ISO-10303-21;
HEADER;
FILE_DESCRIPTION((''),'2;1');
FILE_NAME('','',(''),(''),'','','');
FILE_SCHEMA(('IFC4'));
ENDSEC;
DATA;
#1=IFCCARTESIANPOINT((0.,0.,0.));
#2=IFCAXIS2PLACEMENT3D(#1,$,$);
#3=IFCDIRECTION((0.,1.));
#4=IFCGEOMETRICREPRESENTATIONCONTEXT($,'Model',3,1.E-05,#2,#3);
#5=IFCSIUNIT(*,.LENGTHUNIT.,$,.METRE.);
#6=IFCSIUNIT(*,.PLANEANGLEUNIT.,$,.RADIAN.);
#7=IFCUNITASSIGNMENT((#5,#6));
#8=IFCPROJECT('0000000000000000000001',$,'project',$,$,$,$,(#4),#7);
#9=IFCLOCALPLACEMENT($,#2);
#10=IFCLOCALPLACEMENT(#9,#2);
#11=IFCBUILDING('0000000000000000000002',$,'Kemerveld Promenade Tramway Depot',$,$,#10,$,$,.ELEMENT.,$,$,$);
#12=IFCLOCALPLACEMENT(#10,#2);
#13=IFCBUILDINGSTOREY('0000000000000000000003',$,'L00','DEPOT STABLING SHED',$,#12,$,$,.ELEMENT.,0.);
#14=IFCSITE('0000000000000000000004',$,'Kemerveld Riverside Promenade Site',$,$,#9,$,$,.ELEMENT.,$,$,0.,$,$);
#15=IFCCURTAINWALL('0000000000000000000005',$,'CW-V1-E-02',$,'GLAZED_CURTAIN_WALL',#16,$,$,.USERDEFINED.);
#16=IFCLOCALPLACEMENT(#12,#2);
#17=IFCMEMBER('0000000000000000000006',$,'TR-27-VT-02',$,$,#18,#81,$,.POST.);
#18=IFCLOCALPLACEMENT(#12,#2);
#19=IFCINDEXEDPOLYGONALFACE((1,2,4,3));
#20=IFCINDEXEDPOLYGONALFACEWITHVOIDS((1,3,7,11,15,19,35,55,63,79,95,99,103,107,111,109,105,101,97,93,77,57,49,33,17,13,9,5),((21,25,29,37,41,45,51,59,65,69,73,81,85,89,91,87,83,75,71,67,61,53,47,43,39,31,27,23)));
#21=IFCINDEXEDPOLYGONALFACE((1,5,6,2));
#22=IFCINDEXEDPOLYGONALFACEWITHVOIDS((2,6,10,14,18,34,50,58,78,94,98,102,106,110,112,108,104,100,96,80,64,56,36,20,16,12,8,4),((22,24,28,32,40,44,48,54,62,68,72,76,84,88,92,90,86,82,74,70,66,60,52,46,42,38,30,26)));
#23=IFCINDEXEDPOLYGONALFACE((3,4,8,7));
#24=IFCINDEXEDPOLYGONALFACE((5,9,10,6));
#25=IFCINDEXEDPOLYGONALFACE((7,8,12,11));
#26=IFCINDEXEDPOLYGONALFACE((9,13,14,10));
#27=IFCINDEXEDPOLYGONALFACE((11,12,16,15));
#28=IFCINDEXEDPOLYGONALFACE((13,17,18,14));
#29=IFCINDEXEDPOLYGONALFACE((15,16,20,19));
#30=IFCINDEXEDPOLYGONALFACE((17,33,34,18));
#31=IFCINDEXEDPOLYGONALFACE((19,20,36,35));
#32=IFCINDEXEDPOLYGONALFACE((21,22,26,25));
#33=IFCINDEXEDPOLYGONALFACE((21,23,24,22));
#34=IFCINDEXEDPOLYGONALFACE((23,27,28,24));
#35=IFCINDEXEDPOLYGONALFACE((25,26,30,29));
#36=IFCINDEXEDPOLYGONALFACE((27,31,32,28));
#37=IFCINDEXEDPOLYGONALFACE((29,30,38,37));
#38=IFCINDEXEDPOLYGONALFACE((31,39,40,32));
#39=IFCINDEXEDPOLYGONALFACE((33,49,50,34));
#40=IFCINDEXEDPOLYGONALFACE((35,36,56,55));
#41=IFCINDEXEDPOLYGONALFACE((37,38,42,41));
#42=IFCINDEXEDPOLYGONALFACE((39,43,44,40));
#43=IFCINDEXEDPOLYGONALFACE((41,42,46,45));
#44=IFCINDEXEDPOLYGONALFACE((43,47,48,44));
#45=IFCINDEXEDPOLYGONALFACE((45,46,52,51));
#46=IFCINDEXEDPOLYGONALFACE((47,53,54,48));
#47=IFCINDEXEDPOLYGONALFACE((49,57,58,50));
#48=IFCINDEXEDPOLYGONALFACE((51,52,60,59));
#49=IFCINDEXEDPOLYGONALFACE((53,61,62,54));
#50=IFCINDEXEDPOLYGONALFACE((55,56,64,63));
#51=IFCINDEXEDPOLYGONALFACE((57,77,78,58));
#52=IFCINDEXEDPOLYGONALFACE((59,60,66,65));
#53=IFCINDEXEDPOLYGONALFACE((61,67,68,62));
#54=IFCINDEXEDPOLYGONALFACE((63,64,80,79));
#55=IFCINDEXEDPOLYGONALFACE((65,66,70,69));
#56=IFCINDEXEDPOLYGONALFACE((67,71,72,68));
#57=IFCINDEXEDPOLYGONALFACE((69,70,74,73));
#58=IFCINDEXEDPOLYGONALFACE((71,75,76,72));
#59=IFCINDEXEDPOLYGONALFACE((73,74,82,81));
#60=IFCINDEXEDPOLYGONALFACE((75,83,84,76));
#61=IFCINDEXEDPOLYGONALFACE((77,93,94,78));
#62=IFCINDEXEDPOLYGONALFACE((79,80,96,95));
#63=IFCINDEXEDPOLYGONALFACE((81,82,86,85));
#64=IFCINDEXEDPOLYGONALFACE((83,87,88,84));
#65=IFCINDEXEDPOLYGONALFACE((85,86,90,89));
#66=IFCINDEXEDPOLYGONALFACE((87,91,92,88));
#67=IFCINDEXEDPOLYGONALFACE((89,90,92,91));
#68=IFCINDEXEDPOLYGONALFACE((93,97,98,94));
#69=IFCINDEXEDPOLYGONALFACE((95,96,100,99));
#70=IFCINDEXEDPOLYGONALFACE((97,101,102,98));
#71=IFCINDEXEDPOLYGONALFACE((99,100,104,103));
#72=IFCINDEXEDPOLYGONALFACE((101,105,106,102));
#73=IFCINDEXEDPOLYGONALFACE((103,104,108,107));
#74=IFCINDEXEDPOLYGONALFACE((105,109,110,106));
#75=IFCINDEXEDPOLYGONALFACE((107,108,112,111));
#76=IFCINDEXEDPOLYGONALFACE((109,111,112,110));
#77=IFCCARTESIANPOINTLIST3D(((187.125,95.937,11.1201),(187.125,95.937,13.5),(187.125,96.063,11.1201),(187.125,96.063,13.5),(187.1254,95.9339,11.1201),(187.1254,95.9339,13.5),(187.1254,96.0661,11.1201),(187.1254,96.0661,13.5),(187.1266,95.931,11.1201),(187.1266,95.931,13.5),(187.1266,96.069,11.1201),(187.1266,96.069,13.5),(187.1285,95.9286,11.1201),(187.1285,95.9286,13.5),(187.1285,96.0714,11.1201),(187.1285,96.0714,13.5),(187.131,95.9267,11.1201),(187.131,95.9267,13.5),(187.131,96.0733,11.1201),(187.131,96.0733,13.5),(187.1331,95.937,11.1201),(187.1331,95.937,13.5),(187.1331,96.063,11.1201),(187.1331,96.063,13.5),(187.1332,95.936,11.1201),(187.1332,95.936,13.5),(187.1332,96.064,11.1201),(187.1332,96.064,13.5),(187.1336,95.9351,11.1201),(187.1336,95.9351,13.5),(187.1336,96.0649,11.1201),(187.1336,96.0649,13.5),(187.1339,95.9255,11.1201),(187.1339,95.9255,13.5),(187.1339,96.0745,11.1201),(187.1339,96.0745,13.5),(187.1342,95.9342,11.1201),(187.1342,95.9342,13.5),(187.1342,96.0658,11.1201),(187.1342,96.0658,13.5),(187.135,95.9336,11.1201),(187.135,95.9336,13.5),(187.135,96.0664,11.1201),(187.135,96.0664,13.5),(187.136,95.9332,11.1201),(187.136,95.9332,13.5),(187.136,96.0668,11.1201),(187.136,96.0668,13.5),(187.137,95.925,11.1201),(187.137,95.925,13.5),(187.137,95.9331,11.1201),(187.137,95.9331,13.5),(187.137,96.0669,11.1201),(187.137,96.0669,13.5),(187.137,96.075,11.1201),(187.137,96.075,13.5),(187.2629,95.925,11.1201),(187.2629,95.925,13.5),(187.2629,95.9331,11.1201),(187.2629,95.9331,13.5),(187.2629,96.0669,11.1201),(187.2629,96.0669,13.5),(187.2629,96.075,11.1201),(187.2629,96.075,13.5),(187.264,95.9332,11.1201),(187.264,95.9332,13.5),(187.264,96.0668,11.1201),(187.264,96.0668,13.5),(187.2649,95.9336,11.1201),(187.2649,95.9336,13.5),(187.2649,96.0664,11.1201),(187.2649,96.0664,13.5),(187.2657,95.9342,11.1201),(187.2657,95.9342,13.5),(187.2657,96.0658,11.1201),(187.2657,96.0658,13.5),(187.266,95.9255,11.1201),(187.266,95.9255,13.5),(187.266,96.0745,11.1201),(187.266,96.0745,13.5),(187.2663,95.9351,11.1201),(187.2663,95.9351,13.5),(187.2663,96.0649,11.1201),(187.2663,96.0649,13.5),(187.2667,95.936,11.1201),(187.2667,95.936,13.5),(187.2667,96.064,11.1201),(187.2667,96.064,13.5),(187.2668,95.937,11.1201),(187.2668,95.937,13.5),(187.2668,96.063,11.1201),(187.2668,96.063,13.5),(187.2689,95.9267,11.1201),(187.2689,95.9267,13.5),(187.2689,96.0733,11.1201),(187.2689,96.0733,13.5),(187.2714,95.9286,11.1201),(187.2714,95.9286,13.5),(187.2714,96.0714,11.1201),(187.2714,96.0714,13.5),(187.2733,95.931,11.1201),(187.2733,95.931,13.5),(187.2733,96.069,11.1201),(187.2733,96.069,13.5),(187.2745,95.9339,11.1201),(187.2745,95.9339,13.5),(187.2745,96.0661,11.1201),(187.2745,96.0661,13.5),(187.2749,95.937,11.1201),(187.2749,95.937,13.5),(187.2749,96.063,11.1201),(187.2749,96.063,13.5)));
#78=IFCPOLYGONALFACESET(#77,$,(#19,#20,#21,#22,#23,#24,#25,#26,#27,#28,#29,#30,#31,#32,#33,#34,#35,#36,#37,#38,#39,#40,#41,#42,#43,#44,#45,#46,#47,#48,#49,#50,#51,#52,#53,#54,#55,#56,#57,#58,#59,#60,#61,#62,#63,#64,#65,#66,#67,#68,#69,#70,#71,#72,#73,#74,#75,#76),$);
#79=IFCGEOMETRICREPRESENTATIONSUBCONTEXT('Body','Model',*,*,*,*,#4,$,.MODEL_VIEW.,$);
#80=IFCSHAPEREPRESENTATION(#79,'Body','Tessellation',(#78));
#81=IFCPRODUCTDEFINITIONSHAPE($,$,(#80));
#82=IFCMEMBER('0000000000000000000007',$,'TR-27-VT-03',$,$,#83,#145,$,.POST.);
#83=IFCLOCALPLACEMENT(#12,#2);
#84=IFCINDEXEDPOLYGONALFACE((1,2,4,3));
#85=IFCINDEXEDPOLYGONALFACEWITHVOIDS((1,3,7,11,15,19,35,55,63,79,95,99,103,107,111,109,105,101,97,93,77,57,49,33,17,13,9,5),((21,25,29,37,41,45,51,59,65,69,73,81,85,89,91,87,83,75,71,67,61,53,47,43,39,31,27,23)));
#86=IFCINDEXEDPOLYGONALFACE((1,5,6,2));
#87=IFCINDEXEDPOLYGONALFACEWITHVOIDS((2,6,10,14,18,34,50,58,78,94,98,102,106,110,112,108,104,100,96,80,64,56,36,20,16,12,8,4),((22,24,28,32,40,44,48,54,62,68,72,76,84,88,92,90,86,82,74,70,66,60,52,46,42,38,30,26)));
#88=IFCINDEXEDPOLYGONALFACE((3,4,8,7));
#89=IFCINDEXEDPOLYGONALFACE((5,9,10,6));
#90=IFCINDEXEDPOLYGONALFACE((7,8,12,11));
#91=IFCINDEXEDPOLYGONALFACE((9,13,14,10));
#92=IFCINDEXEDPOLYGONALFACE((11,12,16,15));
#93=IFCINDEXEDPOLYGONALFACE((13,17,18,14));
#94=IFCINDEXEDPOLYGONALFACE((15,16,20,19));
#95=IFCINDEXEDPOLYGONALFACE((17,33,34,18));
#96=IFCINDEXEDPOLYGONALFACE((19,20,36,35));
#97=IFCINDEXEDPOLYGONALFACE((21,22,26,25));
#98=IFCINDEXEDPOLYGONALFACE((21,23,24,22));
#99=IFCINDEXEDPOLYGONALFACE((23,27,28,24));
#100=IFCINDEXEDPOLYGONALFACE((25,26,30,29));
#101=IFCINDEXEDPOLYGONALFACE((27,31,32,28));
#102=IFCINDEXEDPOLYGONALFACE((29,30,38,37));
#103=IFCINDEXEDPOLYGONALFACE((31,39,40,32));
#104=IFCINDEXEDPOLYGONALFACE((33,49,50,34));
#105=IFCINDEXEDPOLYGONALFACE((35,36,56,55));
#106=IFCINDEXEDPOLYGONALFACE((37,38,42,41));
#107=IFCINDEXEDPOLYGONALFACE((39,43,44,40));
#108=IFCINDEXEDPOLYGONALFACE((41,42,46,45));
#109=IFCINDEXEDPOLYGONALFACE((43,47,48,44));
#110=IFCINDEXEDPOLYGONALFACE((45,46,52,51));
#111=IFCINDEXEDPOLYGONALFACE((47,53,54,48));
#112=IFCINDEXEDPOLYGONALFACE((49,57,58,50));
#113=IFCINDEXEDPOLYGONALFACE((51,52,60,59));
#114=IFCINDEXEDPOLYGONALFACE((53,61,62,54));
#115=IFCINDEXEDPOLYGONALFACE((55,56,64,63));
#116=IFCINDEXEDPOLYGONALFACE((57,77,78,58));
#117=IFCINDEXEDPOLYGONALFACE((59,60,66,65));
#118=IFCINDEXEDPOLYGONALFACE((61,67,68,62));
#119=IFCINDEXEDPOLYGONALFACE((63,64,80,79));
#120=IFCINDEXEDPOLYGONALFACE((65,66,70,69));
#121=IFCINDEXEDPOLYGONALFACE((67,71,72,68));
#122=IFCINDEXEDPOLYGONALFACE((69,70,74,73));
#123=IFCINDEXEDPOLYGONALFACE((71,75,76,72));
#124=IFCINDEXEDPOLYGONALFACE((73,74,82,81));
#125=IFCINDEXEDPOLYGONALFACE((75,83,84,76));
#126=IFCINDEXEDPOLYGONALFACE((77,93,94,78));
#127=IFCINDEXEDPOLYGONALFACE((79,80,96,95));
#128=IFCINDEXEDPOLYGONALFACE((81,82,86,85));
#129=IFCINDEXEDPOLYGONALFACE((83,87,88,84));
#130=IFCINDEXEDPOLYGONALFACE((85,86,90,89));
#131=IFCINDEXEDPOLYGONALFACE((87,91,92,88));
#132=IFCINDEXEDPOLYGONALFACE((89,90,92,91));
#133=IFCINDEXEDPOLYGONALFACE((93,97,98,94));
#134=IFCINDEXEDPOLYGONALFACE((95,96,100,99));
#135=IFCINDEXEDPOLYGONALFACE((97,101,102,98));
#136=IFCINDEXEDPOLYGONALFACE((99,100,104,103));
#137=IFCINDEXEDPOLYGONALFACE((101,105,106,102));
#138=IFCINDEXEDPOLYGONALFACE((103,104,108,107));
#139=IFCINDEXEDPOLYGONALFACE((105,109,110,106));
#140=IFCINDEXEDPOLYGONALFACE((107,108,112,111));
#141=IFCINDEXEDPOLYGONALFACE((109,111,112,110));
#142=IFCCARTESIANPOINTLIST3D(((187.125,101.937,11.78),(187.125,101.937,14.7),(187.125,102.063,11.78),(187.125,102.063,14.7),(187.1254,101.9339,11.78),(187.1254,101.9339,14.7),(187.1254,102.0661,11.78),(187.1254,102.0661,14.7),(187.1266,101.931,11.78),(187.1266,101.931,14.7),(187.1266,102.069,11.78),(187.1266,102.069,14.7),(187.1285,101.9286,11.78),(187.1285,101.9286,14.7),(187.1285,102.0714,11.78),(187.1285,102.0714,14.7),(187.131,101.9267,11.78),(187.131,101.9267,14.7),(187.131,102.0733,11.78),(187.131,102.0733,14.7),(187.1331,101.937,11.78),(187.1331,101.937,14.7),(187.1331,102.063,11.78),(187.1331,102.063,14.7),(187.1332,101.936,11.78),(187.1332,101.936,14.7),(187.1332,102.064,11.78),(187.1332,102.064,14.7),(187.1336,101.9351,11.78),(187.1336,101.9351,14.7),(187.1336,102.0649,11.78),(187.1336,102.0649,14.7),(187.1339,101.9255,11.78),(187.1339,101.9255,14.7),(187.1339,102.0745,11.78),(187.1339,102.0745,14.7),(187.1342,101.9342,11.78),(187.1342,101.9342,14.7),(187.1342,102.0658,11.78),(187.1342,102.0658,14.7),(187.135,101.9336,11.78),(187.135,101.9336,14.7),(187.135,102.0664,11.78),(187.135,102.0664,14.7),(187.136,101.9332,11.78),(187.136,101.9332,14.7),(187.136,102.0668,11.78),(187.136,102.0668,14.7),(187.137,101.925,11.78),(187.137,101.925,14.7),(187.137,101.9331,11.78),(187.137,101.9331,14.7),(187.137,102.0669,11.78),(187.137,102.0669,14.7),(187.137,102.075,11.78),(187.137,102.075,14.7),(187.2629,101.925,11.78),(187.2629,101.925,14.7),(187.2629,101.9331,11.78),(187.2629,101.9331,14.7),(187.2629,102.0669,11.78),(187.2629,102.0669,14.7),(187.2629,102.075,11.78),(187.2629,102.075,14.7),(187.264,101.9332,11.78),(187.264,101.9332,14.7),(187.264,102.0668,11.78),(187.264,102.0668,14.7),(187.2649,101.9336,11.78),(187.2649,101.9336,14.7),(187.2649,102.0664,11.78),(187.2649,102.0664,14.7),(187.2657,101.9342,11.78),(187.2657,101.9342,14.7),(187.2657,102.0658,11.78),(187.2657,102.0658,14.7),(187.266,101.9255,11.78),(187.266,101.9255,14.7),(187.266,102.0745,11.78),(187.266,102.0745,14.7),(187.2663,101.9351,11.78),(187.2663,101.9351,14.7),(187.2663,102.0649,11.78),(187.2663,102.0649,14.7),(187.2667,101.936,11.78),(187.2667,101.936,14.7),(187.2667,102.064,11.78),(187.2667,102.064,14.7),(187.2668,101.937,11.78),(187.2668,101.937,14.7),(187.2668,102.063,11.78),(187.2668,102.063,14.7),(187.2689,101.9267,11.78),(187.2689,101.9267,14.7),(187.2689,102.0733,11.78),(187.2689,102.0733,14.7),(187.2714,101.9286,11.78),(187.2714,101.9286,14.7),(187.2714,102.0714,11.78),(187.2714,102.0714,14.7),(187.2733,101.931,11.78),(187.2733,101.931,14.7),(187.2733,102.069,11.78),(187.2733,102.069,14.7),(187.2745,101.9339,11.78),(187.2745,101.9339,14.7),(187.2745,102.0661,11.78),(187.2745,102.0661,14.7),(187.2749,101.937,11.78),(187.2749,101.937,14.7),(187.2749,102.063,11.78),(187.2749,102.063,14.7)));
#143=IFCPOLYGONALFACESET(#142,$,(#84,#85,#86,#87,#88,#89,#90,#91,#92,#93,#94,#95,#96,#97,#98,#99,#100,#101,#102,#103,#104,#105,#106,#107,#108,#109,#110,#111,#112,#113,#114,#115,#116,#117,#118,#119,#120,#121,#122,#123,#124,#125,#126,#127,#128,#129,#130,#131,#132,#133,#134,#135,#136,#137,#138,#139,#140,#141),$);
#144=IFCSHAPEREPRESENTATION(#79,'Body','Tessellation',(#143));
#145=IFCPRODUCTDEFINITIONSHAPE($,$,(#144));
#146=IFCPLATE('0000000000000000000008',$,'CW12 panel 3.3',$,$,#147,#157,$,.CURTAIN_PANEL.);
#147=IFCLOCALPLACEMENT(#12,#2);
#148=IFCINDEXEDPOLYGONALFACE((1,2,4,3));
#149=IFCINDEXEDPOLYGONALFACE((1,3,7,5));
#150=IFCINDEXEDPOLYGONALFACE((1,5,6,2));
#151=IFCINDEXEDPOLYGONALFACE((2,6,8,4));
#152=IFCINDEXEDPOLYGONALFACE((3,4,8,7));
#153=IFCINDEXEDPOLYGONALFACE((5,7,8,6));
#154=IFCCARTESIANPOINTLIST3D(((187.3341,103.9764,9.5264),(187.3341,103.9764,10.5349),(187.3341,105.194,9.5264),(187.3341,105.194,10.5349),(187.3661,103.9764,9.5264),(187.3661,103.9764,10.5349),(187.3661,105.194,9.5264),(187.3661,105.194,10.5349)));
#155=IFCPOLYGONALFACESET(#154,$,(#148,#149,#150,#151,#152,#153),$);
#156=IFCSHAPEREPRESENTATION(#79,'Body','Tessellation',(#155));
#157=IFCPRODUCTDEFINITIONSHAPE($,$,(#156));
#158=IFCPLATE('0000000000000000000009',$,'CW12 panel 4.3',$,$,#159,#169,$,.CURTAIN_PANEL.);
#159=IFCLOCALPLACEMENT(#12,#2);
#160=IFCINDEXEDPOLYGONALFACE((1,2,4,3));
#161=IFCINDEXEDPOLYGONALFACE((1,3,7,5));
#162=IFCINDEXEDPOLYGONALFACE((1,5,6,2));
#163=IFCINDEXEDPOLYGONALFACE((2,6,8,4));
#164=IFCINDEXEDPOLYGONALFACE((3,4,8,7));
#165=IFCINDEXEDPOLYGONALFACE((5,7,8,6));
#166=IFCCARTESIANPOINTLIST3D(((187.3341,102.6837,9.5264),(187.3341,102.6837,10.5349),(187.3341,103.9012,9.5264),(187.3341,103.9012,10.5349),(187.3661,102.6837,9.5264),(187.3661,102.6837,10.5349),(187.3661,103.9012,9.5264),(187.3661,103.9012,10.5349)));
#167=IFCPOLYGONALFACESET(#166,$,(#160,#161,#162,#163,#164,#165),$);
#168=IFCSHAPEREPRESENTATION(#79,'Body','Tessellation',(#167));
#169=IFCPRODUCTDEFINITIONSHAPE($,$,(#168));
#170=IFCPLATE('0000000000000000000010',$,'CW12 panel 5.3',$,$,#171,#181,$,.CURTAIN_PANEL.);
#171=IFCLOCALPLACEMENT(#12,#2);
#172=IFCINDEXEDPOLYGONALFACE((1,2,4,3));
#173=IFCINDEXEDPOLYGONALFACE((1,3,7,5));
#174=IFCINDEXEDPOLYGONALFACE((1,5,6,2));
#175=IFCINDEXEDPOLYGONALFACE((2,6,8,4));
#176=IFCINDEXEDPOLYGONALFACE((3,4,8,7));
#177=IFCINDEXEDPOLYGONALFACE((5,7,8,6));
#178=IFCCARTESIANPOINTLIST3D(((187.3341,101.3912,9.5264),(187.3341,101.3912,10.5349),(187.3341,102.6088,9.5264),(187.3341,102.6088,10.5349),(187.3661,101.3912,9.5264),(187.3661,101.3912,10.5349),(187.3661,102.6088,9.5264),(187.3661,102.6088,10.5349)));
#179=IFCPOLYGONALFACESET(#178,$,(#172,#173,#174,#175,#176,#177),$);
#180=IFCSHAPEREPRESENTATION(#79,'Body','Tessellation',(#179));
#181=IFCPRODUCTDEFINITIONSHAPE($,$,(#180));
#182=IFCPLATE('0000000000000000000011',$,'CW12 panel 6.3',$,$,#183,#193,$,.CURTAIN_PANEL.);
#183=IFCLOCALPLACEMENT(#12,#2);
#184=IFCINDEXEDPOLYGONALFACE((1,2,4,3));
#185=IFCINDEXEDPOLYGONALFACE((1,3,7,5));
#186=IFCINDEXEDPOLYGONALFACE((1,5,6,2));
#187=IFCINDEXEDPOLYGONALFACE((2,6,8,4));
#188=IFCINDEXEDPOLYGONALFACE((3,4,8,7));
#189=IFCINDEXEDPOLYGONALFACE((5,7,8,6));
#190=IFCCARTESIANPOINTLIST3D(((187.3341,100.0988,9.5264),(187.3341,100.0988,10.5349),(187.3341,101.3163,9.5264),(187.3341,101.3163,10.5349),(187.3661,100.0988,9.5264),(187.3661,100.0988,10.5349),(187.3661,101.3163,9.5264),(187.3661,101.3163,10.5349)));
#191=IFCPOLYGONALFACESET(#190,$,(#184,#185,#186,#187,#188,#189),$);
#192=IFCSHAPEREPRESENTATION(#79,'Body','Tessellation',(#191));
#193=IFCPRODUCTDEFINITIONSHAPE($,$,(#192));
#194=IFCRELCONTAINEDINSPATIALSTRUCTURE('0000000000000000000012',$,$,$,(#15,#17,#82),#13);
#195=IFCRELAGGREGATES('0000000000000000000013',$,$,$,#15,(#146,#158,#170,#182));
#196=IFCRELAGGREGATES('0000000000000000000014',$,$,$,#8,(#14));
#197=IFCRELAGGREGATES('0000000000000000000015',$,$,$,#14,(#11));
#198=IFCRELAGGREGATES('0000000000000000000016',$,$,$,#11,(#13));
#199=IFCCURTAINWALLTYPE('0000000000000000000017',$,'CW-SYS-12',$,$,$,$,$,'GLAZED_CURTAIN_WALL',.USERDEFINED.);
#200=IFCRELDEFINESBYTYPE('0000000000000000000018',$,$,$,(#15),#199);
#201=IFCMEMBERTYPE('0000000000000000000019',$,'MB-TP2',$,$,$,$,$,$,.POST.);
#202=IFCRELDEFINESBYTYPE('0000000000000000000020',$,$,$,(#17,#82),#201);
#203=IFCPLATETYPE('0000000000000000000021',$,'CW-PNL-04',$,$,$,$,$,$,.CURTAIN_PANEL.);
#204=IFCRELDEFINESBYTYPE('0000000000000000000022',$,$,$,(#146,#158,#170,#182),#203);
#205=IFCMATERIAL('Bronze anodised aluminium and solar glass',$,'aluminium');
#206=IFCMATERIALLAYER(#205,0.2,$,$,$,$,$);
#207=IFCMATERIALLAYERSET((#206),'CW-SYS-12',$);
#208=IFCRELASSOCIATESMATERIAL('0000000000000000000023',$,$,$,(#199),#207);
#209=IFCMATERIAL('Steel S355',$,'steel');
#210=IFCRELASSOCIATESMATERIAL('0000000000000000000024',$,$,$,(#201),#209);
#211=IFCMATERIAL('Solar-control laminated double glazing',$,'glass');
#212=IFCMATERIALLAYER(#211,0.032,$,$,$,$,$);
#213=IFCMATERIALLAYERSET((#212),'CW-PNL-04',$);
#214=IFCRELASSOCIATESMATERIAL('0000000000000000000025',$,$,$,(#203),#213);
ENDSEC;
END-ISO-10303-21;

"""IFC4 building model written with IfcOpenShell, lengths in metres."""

from ifc_helpers import new_model, si_unit, direction, frame, origin, origin_2d, place, context, subcontext, project, spatial, rectangle, hollow_rectangle, extrude, material, layer, layer_set, material_profile, profile_set, type_object, element, aggregate, save


model = new_model("IFC4")

# Units and contexts
model_context = context("Model", 3, precision=1e-05, world=origin(), true_north=direction((0.0, 1.0)))
body_context = subcontext(model_context, "Body", "Model", "MODEL_VIEW")
ifc_project = project(units=[si_unit("LENGTHUNIT", "METRE"), si_unit("PLANEANGLEUNIT", "RADIAN")], contexts=[model_context])

# Site, building, storey
site_placement = place(None, origin())
site = spatial("IfcSite", under=ifc_project, at=site_placement, Name="Kemerveld Riverside Promenade Site", CompositionType="ELEMENT", RefElevation=0.0)
building_placement = place(site_placement, origin())
building = spatial("IfcBuilding", under=site, at=building_placement, Name="Kemerveld Promenade Tramway Depot", CompositionType="ELEMENT")
storey_placement = place(building_placement, origin())
storey = spatial("IfcBuildingStorey", under=building, at=storey_placement, Name="L00", Description="DEPOT STABLING SHED", CompositionType="ELEMENT", Elevation=0.0)

# Curtain wall
ifc_material_1 = material(Name="Bronze anodised aluminium and solar glass", Category="aluminium")
ifc_layer_1 = layer(ifc_material_1, 0.2)
ifc_layer_set_1 = layer_set([ifc_layer_1], Name="CW-SYS-12")
curtain_wall_type = type_object("IfcCurtainWallType", Name="CW-SYS-12", ElementType="GLAZED_CURTAIN_WALL", PredefinedType="USERDEFINED", material=ifc_layer_set_1)
curtain_wall_placement = place(storey_placement, origin())
curtain_wall = element("IfcCurtainWall", 1, at=curtain_wall_placement, inside=storey, type_object=curtain_wall_type, Name="CW-V1-E-02", ObjectType="GLAZED_CURTAIN_WALL", PredefinedType="USERDEFINED")

# Members
ifc_material_2 = material(Name="Steel S355", Category="steel")
ifc_material_profile_1 = material_profile(ifc_material_2, hollow_rectangle(XDim=0.1499, YDim=0.1499, WallThickness=0.0081, InnerFilletRadius=0.0039, OuterFilletRadius=0.012, at=origin_2d()), Name="150x150x8.0 SHS")
ifc_profile_set_1 = profile_set([ifc_material_profile_1], Name="Steel S355")
member_type_1 = type_object("IfcMemberType", Name="MB-TP2", PredefinedType="POST", material=ifc_profile_set_1)
member_1_placement = place(storey_placement, frame((187.2, 96.0, 11.1201), z_axis=(0.0, 0.0, 1.0), x_axis=(1.0, 0.0, 0.0)))
element("IfcMember", 2, at=member_1_placement, inside=storey, type_object=member_type_1, Name="TR-27-VT-02", PredefinedType="POST", context=body_context, shape_type="SweptSolid", body=[
    extrude(hollow_rectangle(XDim=0.1499, YDim=0.1499, WallThickness=0.0081, InnerFilletRadius=0.0039, OuterFilletRadius=0.012, at=origin_2d()), origin(), (0.0, 0.0, 1.0), 2.3799),
])
member_2_placement = place(storey_placement, frame((187.2, 102.0, 11.78), z_axis=(0.0, 0.0, 1.0), x_axis=(1.0, 0.0, 0.0)))
element("IfcMember", 3, at=member_2_placement, inside=storey, type_object=member_type_1, Name="TR-27-VT-03", PredefinedType="POST", context=body_context, shape_type="SweptSolid", body=[
    extrude(hollow_rectangle(XDim=0.1499, YDim=0.1499, WallThickness=0.0081, InnerFilletRadius=0.0039, OuterFilletRadius=0.012, at=origin_2d()), origin(), (0.0, 0.0, 1.0), 2.9199),
])

# Plates
ifc_material_3 = material(Name="Solar-control laminated double glazing", Category="glass")
ifc_layer_2 = layer(ifc_material_3, 0.032)
ifc_layer_set_2 = layer_set([ifc_layer_2], Name="CW-PNL-04")
plate_type_1 = type_object("IfcPlateType", Name="CW-PNL-04", PredefinedType="CURTAIN_PANEL", material=ifc_layer_set_2)
plate_1_placement = place(storey_placement, frame((187.3501, 104.5852, 9.5264), z_axis=(0.0, 0.0, 1.0), x_axis=(0.0, -1.0, 0.0)))
plate_1 = element("IfcPlate", 4, at=plate_1_placement, type_object=plate_type_1, Name="CW12 panel 3.3", PredefinedType="CURTAIN_PANEL", context=body_context, shape_type="SweptSolid", body=[
    extrude(rectangle(XDim=1.2175, YDim=0.032, at=origin_2d()), origin(), (0.0, 0.0, 1.0), 1.0085),
])
plate_2_placement = place(storey_placement, frame((187.3501, 103.2925, 9.5264), z_axis=(0.0, 0.0, 1.0), x_axis=(0.0, -1.0, 0.0)))
plate_2 = element("IfcPlate", 5, at=plate_2_placement, type_object=plate_type_1, Name="CW12 panel 4.3", PredefinedType="CURTAIN_PANEL", context=body_context, shape_type="SweptSolid", body=[
    extrude(rectangle(XDim=1.2175, YDim=0.032, at=origin_2d()), origin(), (0.0, 0.0, 1.0), 1.0085),
])
plate_3_placement = place(storey_placement, frame((187.3501, 102.0, 9.5264), z_axis=(0.0, 0.0, 1.0), x_axis=(0.0, -1.0, 0.0)))
plate_3 = element("IfcPlate", 6, at=plate_3_placement, type_object=plate_type_1, Name="CW12 panel 5.3", PredefinedType="CURTAIN_PANEL", context=body_context, shape_type="SweptSolid", body=[
    extrude(rectangle(XDim=1.2175, YDim=0.032, at=origin_2d()), origin(), (0.0, 0.0, 1.0), 1.0085),
])
plate_4_placement = place(storey_placement, frame((187.3501, 100.7075, 9.5264), z_axis=(0.0, 0.0, 1.0), x_axis=(0.0, -1.0, 0.0)))
plate_4 = element("IfcPlate", 7, at=plate_4_placement, type_object=plate_type_1, Name="CW12 panel 6.3", PredefinedType="CURTAIN_PANEL", context=body_context, shape_type="SweptSolid", body=[
    extrude(rectangle(XDim=1.2175, YDim=0.032, at=origin_2d()), origin(), (0.0, 0.0, 1.0), 1.0085),
])
aggregate(curtain_wall, [plate_1, plate_2, plate_3, plate_4])

save(model, "model.ifc")
